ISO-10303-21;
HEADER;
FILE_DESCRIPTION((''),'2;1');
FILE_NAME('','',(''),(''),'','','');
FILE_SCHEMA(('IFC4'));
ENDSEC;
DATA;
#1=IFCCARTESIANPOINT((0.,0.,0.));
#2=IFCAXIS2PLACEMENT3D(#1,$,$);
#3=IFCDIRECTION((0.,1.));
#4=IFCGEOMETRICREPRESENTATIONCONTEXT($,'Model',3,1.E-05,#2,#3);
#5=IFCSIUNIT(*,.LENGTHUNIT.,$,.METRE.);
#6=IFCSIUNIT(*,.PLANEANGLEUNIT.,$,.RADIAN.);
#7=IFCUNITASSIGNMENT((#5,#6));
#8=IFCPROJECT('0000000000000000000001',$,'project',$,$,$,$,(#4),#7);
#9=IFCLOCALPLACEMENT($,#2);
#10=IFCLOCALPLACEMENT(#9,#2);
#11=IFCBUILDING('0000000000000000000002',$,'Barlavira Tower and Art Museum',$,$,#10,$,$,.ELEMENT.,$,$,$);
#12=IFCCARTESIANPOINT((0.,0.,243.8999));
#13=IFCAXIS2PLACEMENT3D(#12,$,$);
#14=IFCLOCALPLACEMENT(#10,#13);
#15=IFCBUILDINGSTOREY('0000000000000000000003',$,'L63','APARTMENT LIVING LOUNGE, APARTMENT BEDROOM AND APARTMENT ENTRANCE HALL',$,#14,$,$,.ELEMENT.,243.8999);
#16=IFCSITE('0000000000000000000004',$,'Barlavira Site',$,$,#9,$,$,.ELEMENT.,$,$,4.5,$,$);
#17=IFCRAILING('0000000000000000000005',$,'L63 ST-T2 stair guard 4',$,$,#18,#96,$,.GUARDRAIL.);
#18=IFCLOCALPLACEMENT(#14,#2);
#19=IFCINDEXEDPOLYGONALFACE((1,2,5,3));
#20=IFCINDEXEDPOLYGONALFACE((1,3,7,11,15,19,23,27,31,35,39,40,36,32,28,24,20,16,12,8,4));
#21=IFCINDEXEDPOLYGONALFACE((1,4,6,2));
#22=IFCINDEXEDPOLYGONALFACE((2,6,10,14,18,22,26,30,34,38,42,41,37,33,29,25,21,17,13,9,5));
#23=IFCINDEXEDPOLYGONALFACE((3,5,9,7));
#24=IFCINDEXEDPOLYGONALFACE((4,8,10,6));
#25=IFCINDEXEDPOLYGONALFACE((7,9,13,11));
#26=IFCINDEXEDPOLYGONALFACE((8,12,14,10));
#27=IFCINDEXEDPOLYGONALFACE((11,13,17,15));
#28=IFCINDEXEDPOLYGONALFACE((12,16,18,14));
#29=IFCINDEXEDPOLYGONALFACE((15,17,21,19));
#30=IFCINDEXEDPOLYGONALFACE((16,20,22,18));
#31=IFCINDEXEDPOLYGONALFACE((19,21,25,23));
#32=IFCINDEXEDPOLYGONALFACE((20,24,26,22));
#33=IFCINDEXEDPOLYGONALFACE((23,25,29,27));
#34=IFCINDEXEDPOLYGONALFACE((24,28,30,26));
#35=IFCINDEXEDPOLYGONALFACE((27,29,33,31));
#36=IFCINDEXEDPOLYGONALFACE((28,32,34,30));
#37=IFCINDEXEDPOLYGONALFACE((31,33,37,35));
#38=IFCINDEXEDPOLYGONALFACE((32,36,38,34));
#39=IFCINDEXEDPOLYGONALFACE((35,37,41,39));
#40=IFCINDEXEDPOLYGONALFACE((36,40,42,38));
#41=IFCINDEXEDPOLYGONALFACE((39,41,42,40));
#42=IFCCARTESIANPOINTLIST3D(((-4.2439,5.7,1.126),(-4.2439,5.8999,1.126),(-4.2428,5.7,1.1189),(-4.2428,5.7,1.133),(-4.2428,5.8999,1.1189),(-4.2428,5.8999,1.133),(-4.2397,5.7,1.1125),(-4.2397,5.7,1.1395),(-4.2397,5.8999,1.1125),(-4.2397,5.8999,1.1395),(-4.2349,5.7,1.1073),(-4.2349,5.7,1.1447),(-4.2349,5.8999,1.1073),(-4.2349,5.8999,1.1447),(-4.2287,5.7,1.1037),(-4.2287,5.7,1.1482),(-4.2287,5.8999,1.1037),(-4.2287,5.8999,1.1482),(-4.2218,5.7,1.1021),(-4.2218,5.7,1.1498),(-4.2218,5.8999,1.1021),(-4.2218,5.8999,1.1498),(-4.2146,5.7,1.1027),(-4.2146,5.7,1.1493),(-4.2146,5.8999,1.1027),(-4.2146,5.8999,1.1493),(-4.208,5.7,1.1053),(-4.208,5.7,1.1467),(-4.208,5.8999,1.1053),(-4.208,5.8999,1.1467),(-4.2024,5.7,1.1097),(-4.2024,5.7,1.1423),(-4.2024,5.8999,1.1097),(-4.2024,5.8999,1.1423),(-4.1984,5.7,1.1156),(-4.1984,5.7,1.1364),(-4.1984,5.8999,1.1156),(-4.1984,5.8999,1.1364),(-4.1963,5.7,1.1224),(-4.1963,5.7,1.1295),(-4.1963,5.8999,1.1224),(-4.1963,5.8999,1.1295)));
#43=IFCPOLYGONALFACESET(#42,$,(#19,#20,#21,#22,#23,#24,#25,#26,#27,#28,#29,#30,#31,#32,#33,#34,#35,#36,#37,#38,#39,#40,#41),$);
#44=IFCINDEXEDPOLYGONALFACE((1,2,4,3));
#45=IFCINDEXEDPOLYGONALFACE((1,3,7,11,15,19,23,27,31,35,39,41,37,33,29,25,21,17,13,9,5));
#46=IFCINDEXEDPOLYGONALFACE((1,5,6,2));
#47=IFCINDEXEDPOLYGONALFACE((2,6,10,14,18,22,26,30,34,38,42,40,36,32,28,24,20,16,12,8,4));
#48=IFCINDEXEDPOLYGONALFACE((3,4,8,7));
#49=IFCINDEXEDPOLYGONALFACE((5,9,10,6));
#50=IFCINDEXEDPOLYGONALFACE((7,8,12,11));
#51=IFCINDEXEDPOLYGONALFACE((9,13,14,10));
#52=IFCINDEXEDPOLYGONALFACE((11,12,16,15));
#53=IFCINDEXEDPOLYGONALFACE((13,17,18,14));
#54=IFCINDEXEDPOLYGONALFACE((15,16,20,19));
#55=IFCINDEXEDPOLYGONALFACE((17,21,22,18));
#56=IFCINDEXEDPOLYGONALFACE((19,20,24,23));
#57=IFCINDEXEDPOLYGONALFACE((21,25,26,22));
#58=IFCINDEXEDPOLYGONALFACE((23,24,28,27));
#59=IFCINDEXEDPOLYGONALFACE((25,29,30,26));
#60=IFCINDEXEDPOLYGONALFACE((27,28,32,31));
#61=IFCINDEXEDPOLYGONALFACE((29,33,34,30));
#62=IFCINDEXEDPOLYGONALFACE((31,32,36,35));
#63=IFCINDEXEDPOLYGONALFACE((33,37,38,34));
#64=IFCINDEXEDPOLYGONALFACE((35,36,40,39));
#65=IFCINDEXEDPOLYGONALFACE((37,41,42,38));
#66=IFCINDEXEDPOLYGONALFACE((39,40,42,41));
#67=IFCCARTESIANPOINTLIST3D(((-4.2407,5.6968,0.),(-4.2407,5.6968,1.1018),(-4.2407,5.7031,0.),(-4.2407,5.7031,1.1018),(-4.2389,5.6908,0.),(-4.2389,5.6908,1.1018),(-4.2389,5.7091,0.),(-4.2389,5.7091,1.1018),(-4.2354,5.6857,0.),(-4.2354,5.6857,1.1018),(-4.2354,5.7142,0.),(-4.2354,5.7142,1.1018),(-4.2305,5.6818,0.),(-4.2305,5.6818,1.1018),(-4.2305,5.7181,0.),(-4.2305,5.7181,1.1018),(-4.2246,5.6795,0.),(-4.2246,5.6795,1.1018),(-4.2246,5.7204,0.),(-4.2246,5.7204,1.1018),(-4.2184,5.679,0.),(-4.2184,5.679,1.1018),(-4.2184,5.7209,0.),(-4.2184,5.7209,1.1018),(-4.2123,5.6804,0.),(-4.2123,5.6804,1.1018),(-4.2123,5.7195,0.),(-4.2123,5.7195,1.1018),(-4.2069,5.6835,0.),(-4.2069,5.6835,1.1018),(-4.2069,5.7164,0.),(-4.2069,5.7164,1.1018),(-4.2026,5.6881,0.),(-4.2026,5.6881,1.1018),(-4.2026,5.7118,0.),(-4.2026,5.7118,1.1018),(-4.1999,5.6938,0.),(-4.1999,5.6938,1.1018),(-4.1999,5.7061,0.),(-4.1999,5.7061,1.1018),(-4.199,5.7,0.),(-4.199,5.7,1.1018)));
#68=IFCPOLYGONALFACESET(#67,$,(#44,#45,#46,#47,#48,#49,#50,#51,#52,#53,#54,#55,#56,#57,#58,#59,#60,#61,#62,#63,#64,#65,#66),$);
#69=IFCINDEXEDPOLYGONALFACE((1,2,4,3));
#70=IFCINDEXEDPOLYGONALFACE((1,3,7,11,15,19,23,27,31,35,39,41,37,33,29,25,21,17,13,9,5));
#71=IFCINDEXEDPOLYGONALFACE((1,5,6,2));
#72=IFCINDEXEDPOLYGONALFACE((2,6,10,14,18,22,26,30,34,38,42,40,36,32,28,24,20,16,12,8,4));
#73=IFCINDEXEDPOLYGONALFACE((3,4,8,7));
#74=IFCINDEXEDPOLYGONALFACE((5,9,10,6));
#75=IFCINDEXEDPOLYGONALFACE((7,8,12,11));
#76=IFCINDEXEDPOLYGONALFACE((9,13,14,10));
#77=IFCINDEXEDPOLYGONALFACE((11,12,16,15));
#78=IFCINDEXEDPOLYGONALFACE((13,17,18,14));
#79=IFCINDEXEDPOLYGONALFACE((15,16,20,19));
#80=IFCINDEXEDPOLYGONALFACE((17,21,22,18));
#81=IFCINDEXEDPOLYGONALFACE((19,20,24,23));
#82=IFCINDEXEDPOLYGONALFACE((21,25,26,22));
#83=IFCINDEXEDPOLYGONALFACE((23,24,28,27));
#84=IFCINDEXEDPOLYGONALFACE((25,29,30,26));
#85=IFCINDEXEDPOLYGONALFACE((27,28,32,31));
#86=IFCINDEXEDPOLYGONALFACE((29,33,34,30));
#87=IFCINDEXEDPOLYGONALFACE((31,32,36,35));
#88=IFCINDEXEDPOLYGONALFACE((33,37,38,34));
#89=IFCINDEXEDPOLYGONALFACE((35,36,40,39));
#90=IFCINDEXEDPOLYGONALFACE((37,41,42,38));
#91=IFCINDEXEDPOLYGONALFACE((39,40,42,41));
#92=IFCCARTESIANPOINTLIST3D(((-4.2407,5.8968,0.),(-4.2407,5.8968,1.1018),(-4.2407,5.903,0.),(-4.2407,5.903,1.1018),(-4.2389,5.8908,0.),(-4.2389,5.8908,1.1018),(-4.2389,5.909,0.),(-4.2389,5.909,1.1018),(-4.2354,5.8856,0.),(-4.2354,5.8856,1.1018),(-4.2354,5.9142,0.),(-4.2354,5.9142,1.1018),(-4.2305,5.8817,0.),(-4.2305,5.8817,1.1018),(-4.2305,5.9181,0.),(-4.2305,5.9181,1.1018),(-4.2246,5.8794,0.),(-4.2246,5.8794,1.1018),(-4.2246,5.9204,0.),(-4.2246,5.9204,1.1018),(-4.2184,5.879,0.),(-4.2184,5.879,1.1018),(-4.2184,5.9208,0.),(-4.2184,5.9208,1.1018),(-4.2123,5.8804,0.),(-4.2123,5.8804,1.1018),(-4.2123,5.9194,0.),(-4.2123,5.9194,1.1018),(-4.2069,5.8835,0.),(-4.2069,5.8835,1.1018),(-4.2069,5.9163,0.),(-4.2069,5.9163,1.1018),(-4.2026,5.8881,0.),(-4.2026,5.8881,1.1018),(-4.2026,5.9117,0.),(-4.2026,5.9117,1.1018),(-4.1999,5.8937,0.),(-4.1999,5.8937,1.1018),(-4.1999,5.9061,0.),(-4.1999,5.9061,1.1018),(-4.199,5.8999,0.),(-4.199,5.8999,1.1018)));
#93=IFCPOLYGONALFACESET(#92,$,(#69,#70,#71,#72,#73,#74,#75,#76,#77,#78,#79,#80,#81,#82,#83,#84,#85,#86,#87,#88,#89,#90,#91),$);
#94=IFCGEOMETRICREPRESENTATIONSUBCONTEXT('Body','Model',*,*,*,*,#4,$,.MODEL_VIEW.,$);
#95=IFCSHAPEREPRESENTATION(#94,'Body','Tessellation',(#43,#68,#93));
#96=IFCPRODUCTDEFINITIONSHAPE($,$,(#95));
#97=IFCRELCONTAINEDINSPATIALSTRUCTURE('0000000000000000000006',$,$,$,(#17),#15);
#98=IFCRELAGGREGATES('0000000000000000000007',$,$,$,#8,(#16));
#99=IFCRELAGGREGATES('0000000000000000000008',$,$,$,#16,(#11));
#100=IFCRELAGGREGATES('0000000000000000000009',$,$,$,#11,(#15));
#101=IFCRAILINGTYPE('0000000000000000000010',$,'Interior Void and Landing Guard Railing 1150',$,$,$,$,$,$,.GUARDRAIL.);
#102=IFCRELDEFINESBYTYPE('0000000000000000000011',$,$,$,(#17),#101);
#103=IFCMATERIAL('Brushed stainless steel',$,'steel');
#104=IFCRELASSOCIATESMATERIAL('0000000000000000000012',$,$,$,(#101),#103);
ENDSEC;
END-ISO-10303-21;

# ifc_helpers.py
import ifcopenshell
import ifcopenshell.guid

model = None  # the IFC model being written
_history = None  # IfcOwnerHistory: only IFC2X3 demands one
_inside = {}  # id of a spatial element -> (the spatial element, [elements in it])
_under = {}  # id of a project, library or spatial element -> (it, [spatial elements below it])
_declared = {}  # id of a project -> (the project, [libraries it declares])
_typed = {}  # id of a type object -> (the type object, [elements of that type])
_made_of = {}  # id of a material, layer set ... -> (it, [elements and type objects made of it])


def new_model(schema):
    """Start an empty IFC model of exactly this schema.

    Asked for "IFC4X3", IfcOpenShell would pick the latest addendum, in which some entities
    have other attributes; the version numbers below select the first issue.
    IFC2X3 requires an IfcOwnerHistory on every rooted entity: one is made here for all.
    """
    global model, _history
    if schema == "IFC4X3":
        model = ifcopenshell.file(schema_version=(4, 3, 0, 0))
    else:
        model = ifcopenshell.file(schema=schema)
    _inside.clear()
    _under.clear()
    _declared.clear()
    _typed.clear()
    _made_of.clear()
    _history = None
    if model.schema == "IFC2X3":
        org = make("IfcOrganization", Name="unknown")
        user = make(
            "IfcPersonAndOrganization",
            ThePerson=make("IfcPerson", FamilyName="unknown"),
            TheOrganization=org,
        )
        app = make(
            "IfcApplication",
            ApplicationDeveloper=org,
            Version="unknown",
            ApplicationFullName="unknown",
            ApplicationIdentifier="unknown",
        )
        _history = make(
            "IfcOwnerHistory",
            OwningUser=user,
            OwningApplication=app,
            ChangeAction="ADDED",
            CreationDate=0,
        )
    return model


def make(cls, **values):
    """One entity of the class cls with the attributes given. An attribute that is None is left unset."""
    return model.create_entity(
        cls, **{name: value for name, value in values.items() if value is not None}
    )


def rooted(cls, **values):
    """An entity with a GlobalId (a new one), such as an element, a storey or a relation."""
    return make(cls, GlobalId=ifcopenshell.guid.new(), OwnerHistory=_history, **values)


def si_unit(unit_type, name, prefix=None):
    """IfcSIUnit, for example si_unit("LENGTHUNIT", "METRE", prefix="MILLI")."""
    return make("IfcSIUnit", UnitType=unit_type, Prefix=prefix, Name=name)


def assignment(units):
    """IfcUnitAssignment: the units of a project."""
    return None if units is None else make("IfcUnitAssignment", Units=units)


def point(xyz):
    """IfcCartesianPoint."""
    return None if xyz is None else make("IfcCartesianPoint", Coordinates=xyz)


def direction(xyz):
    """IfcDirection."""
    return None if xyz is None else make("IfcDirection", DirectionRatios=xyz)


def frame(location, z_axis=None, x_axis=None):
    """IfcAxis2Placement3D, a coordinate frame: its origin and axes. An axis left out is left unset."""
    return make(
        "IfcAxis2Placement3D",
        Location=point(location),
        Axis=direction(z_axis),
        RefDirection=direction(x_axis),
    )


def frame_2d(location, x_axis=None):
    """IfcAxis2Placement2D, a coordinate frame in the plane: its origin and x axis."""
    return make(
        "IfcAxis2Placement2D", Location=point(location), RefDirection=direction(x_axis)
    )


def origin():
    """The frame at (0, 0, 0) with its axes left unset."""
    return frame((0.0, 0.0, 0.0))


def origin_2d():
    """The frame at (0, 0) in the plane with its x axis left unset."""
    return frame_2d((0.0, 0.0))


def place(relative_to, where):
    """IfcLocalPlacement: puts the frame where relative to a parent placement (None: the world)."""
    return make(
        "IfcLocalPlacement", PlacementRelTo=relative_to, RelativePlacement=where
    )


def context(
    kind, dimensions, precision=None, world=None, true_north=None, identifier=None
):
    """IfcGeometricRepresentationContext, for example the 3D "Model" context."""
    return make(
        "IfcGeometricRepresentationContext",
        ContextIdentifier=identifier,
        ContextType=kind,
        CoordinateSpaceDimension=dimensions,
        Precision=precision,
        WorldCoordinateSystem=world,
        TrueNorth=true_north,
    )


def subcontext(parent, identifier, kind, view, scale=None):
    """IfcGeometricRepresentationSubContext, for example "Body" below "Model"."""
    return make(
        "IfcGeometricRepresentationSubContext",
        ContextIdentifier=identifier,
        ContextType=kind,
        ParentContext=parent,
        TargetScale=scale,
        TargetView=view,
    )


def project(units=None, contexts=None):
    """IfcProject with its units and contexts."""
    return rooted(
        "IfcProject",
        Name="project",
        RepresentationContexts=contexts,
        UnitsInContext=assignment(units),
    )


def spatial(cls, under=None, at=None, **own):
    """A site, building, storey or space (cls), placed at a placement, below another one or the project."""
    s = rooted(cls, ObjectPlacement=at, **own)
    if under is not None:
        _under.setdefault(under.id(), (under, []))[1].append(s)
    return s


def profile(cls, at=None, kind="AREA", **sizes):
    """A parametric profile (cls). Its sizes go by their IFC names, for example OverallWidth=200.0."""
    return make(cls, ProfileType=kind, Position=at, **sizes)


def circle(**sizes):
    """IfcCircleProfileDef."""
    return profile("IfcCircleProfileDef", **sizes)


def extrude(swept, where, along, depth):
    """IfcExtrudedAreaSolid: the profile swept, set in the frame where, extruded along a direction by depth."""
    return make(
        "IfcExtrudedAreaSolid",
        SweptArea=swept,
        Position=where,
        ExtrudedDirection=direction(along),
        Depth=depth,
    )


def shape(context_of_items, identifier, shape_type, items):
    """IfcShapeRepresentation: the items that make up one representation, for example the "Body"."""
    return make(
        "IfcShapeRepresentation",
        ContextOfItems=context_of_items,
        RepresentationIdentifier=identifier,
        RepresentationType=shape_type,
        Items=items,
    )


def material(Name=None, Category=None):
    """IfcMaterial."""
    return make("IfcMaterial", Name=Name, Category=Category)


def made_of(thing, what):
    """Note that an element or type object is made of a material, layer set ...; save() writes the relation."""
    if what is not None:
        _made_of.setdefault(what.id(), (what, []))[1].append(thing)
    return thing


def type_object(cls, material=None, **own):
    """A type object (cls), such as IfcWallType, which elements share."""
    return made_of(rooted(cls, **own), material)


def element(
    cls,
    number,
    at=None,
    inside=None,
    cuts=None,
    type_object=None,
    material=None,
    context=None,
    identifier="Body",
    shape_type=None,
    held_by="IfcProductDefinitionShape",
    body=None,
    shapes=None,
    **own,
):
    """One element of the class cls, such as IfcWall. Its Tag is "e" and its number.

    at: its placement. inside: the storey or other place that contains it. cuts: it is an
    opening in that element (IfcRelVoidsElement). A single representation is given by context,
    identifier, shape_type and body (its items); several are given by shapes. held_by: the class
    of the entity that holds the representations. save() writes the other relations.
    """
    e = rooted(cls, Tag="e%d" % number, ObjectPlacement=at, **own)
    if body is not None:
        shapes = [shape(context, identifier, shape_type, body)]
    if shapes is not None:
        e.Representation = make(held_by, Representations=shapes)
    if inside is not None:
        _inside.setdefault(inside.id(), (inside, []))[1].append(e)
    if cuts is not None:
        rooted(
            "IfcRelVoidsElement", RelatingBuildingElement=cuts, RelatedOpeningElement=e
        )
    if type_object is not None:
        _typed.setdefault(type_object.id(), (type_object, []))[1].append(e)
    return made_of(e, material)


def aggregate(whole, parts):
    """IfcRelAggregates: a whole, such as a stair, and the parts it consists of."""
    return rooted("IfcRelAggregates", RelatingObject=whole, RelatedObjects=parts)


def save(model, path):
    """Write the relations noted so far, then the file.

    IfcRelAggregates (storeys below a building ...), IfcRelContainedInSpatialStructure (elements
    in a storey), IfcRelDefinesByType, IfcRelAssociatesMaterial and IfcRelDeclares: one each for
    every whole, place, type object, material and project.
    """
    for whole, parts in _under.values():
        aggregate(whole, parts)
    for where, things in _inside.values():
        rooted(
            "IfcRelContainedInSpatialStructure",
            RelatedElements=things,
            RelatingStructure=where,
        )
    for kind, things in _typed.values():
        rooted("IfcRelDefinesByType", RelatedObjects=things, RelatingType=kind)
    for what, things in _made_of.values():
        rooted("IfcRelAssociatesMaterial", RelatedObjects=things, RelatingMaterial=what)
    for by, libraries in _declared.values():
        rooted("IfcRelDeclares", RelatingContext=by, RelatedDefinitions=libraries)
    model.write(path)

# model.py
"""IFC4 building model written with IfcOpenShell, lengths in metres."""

from ifc_helpers import new_model, si_unit, direction, frame, origin, origin_2d, place, context, subcontext, project, spatial, circle, extrude, material, type_object, element, save


model = new_model("IFC4")

# Units and contexts
model_context = context("Model", 3, precision=1e-05, world=origin(), true_north=direction((0.0, 1.0)))
body_context = subcontext(model_context, "Body", "Model", "MODEL_VIEW")
ifc_project = project(units=[si_unit("LENGTHUNIT", "METRE"), si_unit("PLANEANGLEUNIT", "RADIAN")], contexts=[model_context])

# Site, building, storey
site_placement = place(None, origin())
site = spatial("IfcSite", under=ifc_project, at=site_placement, Name="Barlavira Site", CompositionType="ELEMENT", RefElevation=4.5)
building_placement = place(site_placement, origin())
building = spatial("IfcBuilding", under=site, at=building_placement, Name="Barlavira Tower and Art Museum", CompositionType="ELEMENT")
storey_placement = place(building_placement, frame((0.0, 0.0, 243.8999)))
storey = spatial("IfcBuildingStorey", under=building, at=storey_placement, Name="L63", Description="APARTMENT LIVING LOUNGE, APARTMENT BEDROOM AND APARTMENT ENTRANCE HALL", CompositionType="ELEMENT", Elevation=243.8999)

# Shared definitions
ifc_material_1 = material(Name="Brushed stainless steel", Category="steel")

# Railing
railing_type_1 = type_object("IfcRailingType", Name="Interior Void and Landing Guard Railing 1150", PredefinedType="GUARDRAIL", material=ifc_material_1)
railing_1_placement = place(storey_placement, frame((-4.22, 5.7, 0.0)))
element("IfcRailing", 1, at=railing_1_placement, inside=storey, type_object=railing_type_1, Name="L63 ST-T2 stair guard 4", PredefinedType="GUARDRAIL", context=body_context, shape_type="SweptSolid", body=[
    extrude(circle(Radius=0.0239, at=origin_2d()), frame((0.0, 0.0, 1.126), z_axis=(0.0, 1.0, 0.0), x_axis=(-1.0, 0.0, 0.0)), (0.0, 0.0, 1.0), 0.2),
    extrude(circle(Radius=0.021, at=origin_2d()), origin(), (0.0, 0.0, 1.0), 1.1018),
    extrude(circle(Radius=0.021, at=origin_2d()), frame((0.0, 0.2, 0.0)), (0.0, 0.0, 1.0), 1.1018),
])

save(model, "model.ifc")
